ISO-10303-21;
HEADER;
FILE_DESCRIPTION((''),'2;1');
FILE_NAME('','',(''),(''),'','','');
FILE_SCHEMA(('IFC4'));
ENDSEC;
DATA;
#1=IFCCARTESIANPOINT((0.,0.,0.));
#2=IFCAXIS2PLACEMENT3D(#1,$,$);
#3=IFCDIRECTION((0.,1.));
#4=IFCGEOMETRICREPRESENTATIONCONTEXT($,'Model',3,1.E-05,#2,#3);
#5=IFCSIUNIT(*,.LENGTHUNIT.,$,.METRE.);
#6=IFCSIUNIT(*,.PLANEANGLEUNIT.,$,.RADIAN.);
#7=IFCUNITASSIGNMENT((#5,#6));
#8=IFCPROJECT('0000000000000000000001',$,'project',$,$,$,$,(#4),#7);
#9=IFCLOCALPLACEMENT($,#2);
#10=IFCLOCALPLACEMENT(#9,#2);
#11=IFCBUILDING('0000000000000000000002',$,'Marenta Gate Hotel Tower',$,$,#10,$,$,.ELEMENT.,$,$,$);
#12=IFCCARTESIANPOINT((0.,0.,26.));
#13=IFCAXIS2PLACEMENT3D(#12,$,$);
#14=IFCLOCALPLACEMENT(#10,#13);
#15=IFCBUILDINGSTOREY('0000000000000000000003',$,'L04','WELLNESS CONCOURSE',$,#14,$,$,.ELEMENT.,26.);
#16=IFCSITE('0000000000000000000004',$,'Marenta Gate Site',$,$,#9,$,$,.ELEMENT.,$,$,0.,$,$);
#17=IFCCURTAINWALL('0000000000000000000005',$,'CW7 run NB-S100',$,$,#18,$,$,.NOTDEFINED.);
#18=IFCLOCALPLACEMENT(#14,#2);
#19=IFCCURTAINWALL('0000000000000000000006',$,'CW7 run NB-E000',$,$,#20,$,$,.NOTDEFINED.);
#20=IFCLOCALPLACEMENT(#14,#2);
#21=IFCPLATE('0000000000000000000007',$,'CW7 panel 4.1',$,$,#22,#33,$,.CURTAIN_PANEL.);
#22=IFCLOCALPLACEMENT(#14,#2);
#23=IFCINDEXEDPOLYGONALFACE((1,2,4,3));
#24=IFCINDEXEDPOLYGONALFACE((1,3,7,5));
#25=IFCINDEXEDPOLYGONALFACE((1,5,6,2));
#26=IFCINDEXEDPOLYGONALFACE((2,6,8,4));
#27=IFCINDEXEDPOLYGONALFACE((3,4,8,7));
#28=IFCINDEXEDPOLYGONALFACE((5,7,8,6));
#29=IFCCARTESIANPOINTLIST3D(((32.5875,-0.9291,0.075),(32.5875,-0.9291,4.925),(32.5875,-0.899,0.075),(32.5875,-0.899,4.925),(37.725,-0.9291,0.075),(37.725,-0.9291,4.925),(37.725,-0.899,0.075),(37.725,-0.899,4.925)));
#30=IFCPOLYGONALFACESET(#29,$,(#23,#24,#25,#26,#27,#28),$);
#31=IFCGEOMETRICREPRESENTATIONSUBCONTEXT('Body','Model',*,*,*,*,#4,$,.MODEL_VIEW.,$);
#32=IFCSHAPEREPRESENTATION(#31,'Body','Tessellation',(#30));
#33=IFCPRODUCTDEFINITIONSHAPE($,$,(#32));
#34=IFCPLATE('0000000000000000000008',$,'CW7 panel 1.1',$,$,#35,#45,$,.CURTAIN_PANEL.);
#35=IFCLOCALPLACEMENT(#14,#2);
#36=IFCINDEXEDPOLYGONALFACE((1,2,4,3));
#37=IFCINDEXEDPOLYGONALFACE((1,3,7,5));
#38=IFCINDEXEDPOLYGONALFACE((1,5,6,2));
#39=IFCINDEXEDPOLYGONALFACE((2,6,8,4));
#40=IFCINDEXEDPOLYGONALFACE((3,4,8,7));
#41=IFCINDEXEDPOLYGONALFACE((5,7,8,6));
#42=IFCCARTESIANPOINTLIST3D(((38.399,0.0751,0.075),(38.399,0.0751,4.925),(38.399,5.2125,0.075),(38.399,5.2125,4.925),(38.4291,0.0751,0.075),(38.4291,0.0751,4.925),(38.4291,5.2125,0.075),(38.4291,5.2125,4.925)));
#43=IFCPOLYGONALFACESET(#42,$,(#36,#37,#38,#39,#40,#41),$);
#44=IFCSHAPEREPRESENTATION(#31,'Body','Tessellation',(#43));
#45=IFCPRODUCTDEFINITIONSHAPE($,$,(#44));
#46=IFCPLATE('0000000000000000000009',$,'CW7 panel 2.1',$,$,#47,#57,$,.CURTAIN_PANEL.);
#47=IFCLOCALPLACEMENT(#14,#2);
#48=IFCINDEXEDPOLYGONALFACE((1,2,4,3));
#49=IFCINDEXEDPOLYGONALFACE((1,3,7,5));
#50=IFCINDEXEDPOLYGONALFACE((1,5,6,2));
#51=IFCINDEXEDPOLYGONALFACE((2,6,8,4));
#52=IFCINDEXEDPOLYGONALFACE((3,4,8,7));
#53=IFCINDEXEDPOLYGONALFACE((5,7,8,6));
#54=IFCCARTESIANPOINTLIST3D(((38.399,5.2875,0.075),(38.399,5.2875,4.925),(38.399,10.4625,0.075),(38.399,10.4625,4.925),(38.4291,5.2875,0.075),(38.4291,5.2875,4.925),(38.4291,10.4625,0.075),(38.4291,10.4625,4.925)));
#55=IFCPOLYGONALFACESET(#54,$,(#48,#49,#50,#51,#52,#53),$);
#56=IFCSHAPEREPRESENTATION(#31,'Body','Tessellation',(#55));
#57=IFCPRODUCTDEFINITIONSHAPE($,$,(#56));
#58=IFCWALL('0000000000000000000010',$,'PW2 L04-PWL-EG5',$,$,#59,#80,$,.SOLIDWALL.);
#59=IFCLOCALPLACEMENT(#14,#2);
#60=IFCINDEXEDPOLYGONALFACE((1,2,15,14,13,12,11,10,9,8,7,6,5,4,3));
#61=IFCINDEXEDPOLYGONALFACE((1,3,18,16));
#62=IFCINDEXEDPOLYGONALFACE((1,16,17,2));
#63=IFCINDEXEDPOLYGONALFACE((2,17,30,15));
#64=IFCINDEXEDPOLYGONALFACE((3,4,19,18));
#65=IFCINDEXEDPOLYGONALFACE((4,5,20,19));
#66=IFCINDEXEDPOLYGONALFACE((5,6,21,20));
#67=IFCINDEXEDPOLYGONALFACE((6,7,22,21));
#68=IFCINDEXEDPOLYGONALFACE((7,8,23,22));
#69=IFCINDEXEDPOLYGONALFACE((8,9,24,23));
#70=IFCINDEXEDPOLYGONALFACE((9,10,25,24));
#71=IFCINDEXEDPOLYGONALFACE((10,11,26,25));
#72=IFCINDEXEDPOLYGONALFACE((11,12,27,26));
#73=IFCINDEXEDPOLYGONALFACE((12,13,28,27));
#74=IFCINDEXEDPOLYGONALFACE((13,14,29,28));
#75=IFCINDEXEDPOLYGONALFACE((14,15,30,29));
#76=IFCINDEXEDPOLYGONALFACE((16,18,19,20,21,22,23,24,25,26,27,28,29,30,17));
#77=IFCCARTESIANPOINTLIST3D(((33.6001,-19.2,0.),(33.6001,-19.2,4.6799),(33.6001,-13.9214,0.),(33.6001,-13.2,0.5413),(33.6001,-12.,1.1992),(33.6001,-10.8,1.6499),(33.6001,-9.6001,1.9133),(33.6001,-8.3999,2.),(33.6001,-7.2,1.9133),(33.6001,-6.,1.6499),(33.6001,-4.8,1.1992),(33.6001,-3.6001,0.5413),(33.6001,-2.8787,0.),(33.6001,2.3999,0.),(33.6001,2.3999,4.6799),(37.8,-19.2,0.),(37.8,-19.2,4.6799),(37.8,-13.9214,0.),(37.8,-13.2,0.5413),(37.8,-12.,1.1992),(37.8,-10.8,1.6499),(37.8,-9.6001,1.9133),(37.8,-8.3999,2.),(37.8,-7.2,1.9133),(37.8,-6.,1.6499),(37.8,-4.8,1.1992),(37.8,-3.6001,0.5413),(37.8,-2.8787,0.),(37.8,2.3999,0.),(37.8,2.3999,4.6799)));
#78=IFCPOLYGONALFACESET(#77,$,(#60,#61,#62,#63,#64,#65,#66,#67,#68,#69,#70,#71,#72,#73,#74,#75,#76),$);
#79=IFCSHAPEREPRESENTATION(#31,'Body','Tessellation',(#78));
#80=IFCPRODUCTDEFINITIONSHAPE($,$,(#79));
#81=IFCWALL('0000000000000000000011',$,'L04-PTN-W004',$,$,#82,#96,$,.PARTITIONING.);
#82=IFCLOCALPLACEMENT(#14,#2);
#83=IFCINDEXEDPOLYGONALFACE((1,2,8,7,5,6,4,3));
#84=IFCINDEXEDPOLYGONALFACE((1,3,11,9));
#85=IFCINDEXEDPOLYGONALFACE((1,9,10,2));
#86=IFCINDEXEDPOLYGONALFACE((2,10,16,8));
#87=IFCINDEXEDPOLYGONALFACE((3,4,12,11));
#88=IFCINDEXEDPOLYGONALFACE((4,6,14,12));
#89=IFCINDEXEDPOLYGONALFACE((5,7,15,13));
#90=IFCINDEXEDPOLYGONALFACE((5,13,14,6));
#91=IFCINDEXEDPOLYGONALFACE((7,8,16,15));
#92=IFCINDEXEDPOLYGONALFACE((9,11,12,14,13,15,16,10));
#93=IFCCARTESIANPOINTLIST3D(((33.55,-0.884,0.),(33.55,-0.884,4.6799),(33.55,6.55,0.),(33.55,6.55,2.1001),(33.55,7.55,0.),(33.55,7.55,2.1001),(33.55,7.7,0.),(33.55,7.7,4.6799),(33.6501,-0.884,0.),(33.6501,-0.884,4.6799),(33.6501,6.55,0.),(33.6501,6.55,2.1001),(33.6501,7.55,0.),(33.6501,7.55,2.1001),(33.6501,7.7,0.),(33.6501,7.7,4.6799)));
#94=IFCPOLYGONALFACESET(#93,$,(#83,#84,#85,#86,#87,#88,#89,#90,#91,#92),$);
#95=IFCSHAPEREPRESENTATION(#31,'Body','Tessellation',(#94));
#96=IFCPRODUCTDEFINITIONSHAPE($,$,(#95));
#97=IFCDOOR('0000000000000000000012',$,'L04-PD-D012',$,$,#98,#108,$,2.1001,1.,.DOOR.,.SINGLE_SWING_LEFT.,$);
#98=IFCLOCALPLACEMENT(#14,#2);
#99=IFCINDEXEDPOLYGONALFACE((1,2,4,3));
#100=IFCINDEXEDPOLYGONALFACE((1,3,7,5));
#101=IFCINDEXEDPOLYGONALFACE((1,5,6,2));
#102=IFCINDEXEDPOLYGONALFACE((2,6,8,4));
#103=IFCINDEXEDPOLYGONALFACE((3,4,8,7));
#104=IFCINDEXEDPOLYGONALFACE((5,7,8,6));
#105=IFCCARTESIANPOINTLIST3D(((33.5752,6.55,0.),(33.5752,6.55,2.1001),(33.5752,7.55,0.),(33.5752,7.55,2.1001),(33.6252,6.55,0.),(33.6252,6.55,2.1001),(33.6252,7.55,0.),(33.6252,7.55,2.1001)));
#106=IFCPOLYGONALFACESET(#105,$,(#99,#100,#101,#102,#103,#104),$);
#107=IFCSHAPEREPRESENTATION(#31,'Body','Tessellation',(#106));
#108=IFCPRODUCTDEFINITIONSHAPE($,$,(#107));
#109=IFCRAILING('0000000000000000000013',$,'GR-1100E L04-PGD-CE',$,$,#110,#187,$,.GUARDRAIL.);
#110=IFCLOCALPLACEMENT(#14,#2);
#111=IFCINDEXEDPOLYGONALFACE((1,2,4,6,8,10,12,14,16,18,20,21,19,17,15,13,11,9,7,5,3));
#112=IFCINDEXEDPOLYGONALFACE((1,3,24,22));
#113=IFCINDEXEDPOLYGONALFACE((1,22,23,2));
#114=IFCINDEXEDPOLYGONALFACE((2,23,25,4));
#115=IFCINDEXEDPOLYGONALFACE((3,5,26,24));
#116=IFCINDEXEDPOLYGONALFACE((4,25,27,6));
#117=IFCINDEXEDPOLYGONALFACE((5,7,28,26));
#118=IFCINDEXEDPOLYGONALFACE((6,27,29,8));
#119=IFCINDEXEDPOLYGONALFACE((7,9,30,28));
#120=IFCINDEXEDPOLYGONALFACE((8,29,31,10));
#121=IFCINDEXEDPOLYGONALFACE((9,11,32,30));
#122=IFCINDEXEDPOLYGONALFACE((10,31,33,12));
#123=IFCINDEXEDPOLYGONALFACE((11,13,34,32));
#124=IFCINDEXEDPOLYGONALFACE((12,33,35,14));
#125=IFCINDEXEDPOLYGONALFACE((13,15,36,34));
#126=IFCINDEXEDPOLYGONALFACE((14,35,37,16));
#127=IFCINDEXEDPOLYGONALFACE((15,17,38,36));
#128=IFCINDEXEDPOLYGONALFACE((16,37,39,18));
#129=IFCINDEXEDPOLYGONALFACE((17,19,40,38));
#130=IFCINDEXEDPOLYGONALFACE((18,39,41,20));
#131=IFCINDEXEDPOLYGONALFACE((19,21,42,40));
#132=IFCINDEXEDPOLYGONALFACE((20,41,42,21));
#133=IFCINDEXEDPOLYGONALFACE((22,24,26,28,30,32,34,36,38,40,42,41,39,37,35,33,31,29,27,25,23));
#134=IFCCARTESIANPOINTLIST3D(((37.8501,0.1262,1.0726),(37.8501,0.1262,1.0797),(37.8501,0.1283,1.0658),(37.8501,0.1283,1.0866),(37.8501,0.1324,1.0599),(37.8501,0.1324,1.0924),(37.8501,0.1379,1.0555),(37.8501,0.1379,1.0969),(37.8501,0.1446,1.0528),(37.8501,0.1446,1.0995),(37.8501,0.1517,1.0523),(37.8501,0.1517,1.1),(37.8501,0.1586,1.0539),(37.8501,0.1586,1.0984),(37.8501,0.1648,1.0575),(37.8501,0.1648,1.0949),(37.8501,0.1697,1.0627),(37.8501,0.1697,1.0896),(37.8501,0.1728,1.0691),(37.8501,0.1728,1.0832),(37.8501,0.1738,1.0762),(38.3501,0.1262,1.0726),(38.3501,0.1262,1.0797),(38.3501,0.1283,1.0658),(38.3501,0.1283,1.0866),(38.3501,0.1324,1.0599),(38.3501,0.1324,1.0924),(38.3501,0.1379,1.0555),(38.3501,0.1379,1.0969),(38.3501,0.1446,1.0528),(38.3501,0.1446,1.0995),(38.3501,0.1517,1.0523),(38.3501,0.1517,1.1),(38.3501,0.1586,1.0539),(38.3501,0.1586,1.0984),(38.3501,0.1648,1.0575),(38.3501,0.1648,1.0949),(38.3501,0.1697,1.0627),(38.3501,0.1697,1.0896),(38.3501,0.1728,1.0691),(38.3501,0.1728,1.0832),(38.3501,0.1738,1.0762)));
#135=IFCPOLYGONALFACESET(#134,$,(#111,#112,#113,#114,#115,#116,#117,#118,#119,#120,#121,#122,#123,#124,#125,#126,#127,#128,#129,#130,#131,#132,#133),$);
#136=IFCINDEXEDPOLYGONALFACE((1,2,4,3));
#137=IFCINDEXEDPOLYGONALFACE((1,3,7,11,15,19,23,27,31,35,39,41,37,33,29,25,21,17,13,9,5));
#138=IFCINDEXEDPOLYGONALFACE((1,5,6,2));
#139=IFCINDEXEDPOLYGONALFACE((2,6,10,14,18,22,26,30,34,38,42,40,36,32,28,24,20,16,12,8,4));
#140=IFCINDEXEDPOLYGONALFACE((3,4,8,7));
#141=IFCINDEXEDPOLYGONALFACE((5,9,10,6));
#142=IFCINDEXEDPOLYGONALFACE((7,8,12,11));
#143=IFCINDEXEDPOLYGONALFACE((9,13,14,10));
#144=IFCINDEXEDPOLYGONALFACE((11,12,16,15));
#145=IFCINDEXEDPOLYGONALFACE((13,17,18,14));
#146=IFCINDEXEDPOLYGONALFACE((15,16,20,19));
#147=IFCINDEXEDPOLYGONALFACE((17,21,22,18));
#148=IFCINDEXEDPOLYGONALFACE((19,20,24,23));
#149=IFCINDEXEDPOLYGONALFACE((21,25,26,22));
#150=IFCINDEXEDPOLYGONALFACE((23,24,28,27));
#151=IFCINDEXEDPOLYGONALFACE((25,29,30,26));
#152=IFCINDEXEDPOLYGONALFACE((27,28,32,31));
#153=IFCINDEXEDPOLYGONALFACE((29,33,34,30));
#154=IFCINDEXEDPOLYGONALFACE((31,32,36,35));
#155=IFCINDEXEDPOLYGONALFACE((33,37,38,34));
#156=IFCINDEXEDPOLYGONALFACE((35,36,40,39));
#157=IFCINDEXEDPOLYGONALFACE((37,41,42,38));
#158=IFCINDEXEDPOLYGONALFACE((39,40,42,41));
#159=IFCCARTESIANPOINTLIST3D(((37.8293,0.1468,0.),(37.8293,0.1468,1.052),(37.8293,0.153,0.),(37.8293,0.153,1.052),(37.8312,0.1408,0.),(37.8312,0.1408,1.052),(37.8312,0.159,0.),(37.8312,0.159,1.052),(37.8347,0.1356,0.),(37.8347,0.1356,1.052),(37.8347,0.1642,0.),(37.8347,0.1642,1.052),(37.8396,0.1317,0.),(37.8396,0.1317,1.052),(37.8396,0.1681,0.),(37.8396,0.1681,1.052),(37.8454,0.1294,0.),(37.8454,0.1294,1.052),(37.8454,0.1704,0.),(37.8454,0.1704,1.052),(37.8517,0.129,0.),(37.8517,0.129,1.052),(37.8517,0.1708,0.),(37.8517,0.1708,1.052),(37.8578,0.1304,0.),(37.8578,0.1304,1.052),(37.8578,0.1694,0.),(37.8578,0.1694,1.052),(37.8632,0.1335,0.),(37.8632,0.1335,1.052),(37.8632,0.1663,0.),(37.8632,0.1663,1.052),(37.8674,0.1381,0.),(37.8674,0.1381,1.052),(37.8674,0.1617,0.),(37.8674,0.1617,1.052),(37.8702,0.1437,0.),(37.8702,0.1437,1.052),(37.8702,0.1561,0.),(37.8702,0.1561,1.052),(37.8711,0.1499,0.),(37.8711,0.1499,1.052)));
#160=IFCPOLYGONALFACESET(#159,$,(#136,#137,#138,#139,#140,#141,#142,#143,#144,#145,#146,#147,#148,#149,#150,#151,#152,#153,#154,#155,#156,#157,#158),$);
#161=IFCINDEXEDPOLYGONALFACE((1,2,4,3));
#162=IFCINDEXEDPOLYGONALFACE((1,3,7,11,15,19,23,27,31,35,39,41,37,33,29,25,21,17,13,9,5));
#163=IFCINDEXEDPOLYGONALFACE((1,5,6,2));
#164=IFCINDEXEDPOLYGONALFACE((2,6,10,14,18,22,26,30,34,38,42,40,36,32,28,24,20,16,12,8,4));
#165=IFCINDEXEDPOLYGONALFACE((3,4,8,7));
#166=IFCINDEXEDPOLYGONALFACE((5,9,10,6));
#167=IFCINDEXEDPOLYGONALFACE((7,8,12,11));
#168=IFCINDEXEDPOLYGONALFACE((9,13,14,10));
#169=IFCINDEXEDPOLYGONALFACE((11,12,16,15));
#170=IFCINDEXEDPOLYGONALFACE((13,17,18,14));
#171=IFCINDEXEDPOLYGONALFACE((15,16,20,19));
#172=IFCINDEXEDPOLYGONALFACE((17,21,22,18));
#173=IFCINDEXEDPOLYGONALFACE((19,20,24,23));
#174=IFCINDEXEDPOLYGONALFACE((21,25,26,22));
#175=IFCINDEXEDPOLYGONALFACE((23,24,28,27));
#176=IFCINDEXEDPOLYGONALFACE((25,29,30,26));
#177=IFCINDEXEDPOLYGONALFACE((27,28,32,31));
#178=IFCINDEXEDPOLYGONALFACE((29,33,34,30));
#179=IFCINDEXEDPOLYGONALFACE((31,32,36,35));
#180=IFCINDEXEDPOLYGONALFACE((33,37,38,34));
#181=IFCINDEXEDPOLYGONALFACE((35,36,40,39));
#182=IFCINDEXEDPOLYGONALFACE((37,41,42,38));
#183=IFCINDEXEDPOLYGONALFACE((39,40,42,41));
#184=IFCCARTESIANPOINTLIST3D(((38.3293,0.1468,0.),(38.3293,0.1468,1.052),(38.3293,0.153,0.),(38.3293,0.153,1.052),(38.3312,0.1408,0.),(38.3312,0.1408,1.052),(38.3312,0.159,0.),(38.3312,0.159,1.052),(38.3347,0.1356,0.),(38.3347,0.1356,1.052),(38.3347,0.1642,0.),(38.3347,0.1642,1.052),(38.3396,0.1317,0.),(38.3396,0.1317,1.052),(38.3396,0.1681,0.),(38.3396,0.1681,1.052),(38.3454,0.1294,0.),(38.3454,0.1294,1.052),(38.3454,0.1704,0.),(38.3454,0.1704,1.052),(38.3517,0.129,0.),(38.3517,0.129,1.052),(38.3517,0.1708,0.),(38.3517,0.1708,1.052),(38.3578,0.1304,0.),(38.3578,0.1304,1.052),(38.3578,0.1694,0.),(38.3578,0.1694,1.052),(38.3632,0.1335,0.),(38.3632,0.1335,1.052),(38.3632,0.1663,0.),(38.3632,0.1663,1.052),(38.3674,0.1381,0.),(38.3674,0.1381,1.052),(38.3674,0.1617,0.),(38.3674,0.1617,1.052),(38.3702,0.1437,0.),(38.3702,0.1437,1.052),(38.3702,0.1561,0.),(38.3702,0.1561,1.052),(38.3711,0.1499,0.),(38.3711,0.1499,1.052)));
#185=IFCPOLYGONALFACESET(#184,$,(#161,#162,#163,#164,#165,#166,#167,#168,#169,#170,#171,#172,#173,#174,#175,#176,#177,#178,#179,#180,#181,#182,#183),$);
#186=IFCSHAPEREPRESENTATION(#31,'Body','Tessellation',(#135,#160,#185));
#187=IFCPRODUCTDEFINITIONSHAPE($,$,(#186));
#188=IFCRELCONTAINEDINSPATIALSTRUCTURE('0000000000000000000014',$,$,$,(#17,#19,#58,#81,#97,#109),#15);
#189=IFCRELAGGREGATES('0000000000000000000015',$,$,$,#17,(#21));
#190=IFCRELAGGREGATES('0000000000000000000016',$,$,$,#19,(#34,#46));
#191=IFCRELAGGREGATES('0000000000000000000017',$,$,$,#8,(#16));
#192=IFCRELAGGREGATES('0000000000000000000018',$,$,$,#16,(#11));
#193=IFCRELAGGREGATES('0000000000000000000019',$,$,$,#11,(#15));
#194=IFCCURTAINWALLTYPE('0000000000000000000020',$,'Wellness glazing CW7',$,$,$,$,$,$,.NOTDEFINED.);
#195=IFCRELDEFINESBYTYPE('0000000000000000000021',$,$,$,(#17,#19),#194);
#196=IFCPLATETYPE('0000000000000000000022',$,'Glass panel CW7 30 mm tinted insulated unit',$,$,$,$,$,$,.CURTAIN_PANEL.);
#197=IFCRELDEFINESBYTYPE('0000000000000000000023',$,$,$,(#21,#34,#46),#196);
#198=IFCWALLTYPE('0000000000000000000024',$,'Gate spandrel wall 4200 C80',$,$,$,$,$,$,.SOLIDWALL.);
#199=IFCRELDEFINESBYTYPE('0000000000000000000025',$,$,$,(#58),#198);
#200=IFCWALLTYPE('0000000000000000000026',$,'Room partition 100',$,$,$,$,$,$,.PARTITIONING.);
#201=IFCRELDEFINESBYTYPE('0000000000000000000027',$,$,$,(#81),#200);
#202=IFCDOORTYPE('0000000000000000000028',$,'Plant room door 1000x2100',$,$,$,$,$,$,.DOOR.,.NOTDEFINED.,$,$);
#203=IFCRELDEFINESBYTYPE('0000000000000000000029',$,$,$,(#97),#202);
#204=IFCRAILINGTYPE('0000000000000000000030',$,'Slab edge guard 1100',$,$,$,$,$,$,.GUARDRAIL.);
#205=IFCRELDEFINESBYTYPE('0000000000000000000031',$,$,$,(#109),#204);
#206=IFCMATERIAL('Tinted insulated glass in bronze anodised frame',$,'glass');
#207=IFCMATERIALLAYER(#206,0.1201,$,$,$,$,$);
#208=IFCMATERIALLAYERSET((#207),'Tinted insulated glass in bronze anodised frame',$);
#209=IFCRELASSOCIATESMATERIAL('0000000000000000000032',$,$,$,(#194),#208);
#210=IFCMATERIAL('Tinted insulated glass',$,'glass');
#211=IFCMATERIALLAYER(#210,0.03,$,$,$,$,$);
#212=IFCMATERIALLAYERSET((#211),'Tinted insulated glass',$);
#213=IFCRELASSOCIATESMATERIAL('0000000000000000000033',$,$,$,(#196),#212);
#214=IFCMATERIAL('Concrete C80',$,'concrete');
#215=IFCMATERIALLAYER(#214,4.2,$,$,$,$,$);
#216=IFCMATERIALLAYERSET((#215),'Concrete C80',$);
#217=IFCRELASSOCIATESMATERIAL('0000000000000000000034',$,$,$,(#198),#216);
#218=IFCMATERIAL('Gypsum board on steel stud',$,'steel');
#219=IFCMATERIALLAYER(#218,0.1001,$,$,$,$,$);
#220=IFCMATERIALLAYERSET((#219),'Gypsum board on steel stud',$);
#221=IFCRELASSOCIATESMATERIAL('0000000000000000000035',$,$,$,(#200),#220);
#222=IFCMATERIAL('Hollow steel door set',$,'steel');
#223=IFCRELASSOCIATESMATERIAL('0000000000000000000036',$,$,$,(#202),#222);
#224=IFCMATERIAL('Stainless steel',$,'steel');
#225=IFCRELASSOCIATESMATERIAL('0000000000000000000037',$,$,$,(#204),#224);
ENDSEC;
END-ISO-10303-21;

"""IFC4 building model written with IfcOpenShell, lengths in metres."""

from ifc_helpers import new_model, si_unit, direction, frame, frame_2d, origin, origin_2d, place, context, subcontext, project, spatial, polyline, rectangle, circle, outline, extrude, material, layer, layer_set, type_object, element, fill, aggregate, save


model = new_model("IFC4")

# Units and contexts
model_context = context("Model", 3, precision=1e-05, world=origin(), true_north=direction((0.0, 1.0)))
body_context = subcontext(model_context, "Body", "Model", "MODEL_VIEW")
ifc_project = project(units=[si_unit("LENGTHUNIT", "METRE"), si_unit("PLANEANGLEUNIT", "RADIAN")], contexts=[model_context])

# Site, building, storey
site_placement = place(None, origin())
site = spatial("IfcSite", under=ifc_project, at=site_placement, Name="Marenta Gate Site", CompositionType="ELEMENT", RefElevation=0.0)
building_placement = place(site_placement, origin())
building = spatial("IfcBuilding", under=site, at=building_placement, Name="Marenta Gate Hotel Tower", CompositionType="ELEMENT")
storey_placement = place(building_placement, frame((0.0, 0.0, 26.0)))
storey = spatial("IfcBuildingStorey", under=building, at=storey_placement, Name="L04", Description="WELLNESS CONCOURSE", CompositionType="ELEMENT", Elevation=26.0)

# Curtain walls
ifc_material_1 = material(Name="Tinted insulated glass in bronze anodised frame", Category="glass")
ifc_layer_1 = layer(ifc_material_1, 0.1201)
ifc_layer_set_1 = layer_set([ifc_layer_1], Name="Tinted insulated glass in bronze anodised frame")
curtain_wall_type = type_object("IfcCurtainWallType", Name="Wellness glazing CW7", PredefinedType="NOTDEFINED", material=ifc_layer_set_1)
curtain_wall_1_placement = place(storey_placement, origin())
curtain_wall_1 = element("IfcCurtainWall", 1, at=curtain_wall_1_placement, inside=storey, type_object=curtain_wall_type, Name="CW7 run NB-S100", PredefinedType="NOTDEFINED")
curtain_wall_2_placement = place(storey_placement, origin())
curtain_wall_2 = element("IfcCurtainWall", 2, at=curtain_wall_2_placement, inside=storey, type_object=curtain_wall_type, Name="CW7 run NB-E000", PredefinedType="NOTDEFINED")

# Plates
ifc_material_2 = material(Name="Tinted insulated glass", Category="glass")
ifc_layer_2 = layer(ifc_material_2, 0.03)
ifc_layer_set_2 = layer_set([ifc_layer_2], Name="Tinted insulated glass")
plate_type = type_object("IfcPlateType", Name="Glass panel CW7 30 mm tinted insulated unit", PredefinedType="CURTAIN_PANEL", material=ifc_layer_set_2)
plate_1_placement = place(storey_placement, frame((35.1562, -0.9141, 0.075), z_axis=(0.0, 0.0, 1.0), x_axis=(1.0, 0.0, 0.0)))
plate_1 = element("IfcPlate", 3, at=plate_1_placement, type_object=plate_type, Name="CW7 panel 4.1", PredefinedType="CURTAIN_PANEL", context=body_context, shape_type="SweptSolid", body=[
    extrude(rectangle(XDim=5.1375, YDim=0.03, at=origin_2d()), origin(), (0.0, 0.0, 1.0), 4.8501),
])
aggregate(curtain_wall_1, [plate_1])
plate_2_placement = place(storey_placement, frame((38.4141, 2.6438, 0.075), z_axis=(0.0, 0.0, 1.0), x_axis=(0.0, 1.0, 0.0)))
plate_2 = element("IfcPlate", 4, at=plate_2_placement, type_object=plate_type, Name="CW7 panel 1.1", PredefinedType="CURTAIN_PANEL", context=body_context, shape_type="SweptSolid", body=[
    extrude(rectangle(XDim=5.1375, YDim=0.03, at=origin_2d()), origin(), (0.0, 0.0, 1.0), 4.8501),
])
plate_3_placement = place(storey_placement, frame((38.4141, 7.875, 0.075), z_axis=(0.0, 0.0, 1.0), x_axis=(0.0, 1.0, 0.0)))
plate_3 = element("IfcPlate", 5, at=plate_3_placement, type_object=plate_type, Name="CW7 panel 2.1", PredefinedType="CURTAIN_PANEL", context=body_context, shape_type="SweptSolid", body=[
    extrude(rectangle(XDim=5.175, YDim=0.03, at=origin_2d()), origin(), (0.0, 0.0, 1.0), 4.8501),
])
aggregate(curtain_wall_2, [plate_2, plate_3])

# Wall
ifc_material_3 = material(Name="Concrete C80", Category="concrete")
ifc_layer_3 = layer(ifc_material_3, 4.2)
ifc_layer_set_3 = layer_set([ifc_layer_3], Name="Concrete C80")
wall_type_1 = type_object("IfcWallType", Name="Gate spandrel wall 4200 C80", PredefinedType="SOLIDWALL", material=ifc_layer_set_3)
wall_1_placement = place(storey_placement, frame((37.8, 2.3999, 0.0), z_axis=(1.0, 0.0, 0.0), x_axis=(0.0, 0.0, 1.0)))
element("IfcWall", 6, at=wall_1_placement, inside=storey, type_object=wall_type_1, Name="PW2 L04-PWL-EG5", PredefinedType="SOLIDWALL", context=body_context, shape_type="SweptSolid", body=[
    extrude(outline(polyline([(0.0, 0.0), (4.6799, 0.0), (4.6799, 21.5999), (0.0, 21.5999), (0.0, 16.3213), (0.5413, 15.5999), (1.1992, 14.3999), (1.6499, 13.2), (1.9133, 12.0), (2.0, 10.7998), (1.9133, 9.5999), (1.6499, 8.3999), (1.1992, 7.2), (0.5413, 6.0), (0.0, 5.2786), (0.0, 0.0)])), origin(), (0.0, 0.0, -1.0), 4.2),
])

# Wall, opening, door
ifc_material_4 = material(Name="Gypsum board on steel stud", Category="steel")
ifc_layer_4 = layer(ifc_material_4, 0.1001)
ifc_layer_set_4 = layer_set([ifc_layer_4], Name="Gypsum board on steel stud")
wall_type_2 = type_object("IfcWallType", Name="Room partition 100", PredefinedType="PARTITIONING", material=ifc_layer_set_4)
wall_2_placement = place(storey_placement, frame((33.6001, -0.884, 0.0), z_axis=(0.0, 0.0, 1.0), x_axis=(0.0, 1.0, 0.0)))
wall_2 = element("IfcWall", 7, at=wall_2_placement, inside=storey, type_object=wall_type_2, Name="L04-PTN-W004", PredefinedType="PARTITIONING", context=body_context, shape_type="SweptSolid", body=[
    extrude(rectangle(XDim=8.584, YDim=0.1001, at=frame_2d((4.292, 0.0))), origin(), (0.0, 0.0, 1.0), 4.6799),
])
opening_1_placement = place(wall_2_placement, frame((7.4341, 0.0, 0.0)))
opening_1 = element("IfcOpeningElement", 8, at=opening_1_placement, cuts=wall_2, PredefinedType="OPENING", context=body_context, shape_type="SweptSolid", body=[
    extrude(rectangle(XDim=1.0, YDim=2.1001, at=frame_2d((0.5, 1.05))), frame((0.0, 0.05, 0.0), z_axis=(0.0, -1.0, 0.0), x_axis=(1.0, 0.0, 0.0)), (0.0, 0.0, 1.0), 0.1001),
])
ifc_material_5 = material(Name="Hollow steel door set", Category="steel")
door_type = type_object("IfcDoorType", Name="Plant room door 1000x2100", OperationType="NOTDEFINED", PredefinedType="DOOR", material=ifc_material_5)
door_placement = place(opening_1_placement, origin())
door = element("IfcDoor", 9, at=door_placement, inside=storey, type_object=door_type, Name="L04-PD-D012", OperationType="SINGLE_SWING_LEFT", OverallHeight=2.1001, OverallWidth=1.0, PredefinedType="DOOR", context=body_context, shape_type="SweptSolid", body=[
    extrude(rectangle(XDim=1.0, YDim=2.1001, at=frame_2d((0.5, 1.05))), frame((0.0, 0.0249, 0.0), z_axis=(0.0, -1.0, 0.0), x_axis=(1.0, 0.0, 0.0)), (0.0, 0.0, 1.0), 0.05),
])
fill(opening_1, door)

# Railing
ifc_material_6 = material(Name="Stainless steel", Category="steel")
railing_type = type_object("IfcRailingType", Name="Slab edge guard 1100", PredefinedType="GUARDRAIL", material=ifc_material_6)
railing_placement = place(storey_placement, frame((37.8501, 0.1499, 0.0)))
element("IfcRailing", 10, at=railing_placement, inside=storey, type_object=railing_type, Name="GR-1100E L04-PGD-CE", PredefinedType="GUARDRAIL", context=body_context, shape_type="SweptSolid", body=[
    extrude(circle(Radius=0.0239, at=origin_2d()), frame((0.0, 0.0, 1.0762), z_axis=(1.0, 0.0, 0.0), x_axis=(0.0, 1.0, 0.0)), (0.0, 0.0, 1.0), 0.5),
    extrude(circle(Radius=0.021, at=origin_2d()), origin(), (0.0, 0.0, 1.0), 1.052),
    extrude(circle(Radius=0.021, at=origin_2d()), frame((0.5, 0.0, 0.0)), (0.0, 0.0, 1.0), 1.052),
])

save(model, "model.ifc")
